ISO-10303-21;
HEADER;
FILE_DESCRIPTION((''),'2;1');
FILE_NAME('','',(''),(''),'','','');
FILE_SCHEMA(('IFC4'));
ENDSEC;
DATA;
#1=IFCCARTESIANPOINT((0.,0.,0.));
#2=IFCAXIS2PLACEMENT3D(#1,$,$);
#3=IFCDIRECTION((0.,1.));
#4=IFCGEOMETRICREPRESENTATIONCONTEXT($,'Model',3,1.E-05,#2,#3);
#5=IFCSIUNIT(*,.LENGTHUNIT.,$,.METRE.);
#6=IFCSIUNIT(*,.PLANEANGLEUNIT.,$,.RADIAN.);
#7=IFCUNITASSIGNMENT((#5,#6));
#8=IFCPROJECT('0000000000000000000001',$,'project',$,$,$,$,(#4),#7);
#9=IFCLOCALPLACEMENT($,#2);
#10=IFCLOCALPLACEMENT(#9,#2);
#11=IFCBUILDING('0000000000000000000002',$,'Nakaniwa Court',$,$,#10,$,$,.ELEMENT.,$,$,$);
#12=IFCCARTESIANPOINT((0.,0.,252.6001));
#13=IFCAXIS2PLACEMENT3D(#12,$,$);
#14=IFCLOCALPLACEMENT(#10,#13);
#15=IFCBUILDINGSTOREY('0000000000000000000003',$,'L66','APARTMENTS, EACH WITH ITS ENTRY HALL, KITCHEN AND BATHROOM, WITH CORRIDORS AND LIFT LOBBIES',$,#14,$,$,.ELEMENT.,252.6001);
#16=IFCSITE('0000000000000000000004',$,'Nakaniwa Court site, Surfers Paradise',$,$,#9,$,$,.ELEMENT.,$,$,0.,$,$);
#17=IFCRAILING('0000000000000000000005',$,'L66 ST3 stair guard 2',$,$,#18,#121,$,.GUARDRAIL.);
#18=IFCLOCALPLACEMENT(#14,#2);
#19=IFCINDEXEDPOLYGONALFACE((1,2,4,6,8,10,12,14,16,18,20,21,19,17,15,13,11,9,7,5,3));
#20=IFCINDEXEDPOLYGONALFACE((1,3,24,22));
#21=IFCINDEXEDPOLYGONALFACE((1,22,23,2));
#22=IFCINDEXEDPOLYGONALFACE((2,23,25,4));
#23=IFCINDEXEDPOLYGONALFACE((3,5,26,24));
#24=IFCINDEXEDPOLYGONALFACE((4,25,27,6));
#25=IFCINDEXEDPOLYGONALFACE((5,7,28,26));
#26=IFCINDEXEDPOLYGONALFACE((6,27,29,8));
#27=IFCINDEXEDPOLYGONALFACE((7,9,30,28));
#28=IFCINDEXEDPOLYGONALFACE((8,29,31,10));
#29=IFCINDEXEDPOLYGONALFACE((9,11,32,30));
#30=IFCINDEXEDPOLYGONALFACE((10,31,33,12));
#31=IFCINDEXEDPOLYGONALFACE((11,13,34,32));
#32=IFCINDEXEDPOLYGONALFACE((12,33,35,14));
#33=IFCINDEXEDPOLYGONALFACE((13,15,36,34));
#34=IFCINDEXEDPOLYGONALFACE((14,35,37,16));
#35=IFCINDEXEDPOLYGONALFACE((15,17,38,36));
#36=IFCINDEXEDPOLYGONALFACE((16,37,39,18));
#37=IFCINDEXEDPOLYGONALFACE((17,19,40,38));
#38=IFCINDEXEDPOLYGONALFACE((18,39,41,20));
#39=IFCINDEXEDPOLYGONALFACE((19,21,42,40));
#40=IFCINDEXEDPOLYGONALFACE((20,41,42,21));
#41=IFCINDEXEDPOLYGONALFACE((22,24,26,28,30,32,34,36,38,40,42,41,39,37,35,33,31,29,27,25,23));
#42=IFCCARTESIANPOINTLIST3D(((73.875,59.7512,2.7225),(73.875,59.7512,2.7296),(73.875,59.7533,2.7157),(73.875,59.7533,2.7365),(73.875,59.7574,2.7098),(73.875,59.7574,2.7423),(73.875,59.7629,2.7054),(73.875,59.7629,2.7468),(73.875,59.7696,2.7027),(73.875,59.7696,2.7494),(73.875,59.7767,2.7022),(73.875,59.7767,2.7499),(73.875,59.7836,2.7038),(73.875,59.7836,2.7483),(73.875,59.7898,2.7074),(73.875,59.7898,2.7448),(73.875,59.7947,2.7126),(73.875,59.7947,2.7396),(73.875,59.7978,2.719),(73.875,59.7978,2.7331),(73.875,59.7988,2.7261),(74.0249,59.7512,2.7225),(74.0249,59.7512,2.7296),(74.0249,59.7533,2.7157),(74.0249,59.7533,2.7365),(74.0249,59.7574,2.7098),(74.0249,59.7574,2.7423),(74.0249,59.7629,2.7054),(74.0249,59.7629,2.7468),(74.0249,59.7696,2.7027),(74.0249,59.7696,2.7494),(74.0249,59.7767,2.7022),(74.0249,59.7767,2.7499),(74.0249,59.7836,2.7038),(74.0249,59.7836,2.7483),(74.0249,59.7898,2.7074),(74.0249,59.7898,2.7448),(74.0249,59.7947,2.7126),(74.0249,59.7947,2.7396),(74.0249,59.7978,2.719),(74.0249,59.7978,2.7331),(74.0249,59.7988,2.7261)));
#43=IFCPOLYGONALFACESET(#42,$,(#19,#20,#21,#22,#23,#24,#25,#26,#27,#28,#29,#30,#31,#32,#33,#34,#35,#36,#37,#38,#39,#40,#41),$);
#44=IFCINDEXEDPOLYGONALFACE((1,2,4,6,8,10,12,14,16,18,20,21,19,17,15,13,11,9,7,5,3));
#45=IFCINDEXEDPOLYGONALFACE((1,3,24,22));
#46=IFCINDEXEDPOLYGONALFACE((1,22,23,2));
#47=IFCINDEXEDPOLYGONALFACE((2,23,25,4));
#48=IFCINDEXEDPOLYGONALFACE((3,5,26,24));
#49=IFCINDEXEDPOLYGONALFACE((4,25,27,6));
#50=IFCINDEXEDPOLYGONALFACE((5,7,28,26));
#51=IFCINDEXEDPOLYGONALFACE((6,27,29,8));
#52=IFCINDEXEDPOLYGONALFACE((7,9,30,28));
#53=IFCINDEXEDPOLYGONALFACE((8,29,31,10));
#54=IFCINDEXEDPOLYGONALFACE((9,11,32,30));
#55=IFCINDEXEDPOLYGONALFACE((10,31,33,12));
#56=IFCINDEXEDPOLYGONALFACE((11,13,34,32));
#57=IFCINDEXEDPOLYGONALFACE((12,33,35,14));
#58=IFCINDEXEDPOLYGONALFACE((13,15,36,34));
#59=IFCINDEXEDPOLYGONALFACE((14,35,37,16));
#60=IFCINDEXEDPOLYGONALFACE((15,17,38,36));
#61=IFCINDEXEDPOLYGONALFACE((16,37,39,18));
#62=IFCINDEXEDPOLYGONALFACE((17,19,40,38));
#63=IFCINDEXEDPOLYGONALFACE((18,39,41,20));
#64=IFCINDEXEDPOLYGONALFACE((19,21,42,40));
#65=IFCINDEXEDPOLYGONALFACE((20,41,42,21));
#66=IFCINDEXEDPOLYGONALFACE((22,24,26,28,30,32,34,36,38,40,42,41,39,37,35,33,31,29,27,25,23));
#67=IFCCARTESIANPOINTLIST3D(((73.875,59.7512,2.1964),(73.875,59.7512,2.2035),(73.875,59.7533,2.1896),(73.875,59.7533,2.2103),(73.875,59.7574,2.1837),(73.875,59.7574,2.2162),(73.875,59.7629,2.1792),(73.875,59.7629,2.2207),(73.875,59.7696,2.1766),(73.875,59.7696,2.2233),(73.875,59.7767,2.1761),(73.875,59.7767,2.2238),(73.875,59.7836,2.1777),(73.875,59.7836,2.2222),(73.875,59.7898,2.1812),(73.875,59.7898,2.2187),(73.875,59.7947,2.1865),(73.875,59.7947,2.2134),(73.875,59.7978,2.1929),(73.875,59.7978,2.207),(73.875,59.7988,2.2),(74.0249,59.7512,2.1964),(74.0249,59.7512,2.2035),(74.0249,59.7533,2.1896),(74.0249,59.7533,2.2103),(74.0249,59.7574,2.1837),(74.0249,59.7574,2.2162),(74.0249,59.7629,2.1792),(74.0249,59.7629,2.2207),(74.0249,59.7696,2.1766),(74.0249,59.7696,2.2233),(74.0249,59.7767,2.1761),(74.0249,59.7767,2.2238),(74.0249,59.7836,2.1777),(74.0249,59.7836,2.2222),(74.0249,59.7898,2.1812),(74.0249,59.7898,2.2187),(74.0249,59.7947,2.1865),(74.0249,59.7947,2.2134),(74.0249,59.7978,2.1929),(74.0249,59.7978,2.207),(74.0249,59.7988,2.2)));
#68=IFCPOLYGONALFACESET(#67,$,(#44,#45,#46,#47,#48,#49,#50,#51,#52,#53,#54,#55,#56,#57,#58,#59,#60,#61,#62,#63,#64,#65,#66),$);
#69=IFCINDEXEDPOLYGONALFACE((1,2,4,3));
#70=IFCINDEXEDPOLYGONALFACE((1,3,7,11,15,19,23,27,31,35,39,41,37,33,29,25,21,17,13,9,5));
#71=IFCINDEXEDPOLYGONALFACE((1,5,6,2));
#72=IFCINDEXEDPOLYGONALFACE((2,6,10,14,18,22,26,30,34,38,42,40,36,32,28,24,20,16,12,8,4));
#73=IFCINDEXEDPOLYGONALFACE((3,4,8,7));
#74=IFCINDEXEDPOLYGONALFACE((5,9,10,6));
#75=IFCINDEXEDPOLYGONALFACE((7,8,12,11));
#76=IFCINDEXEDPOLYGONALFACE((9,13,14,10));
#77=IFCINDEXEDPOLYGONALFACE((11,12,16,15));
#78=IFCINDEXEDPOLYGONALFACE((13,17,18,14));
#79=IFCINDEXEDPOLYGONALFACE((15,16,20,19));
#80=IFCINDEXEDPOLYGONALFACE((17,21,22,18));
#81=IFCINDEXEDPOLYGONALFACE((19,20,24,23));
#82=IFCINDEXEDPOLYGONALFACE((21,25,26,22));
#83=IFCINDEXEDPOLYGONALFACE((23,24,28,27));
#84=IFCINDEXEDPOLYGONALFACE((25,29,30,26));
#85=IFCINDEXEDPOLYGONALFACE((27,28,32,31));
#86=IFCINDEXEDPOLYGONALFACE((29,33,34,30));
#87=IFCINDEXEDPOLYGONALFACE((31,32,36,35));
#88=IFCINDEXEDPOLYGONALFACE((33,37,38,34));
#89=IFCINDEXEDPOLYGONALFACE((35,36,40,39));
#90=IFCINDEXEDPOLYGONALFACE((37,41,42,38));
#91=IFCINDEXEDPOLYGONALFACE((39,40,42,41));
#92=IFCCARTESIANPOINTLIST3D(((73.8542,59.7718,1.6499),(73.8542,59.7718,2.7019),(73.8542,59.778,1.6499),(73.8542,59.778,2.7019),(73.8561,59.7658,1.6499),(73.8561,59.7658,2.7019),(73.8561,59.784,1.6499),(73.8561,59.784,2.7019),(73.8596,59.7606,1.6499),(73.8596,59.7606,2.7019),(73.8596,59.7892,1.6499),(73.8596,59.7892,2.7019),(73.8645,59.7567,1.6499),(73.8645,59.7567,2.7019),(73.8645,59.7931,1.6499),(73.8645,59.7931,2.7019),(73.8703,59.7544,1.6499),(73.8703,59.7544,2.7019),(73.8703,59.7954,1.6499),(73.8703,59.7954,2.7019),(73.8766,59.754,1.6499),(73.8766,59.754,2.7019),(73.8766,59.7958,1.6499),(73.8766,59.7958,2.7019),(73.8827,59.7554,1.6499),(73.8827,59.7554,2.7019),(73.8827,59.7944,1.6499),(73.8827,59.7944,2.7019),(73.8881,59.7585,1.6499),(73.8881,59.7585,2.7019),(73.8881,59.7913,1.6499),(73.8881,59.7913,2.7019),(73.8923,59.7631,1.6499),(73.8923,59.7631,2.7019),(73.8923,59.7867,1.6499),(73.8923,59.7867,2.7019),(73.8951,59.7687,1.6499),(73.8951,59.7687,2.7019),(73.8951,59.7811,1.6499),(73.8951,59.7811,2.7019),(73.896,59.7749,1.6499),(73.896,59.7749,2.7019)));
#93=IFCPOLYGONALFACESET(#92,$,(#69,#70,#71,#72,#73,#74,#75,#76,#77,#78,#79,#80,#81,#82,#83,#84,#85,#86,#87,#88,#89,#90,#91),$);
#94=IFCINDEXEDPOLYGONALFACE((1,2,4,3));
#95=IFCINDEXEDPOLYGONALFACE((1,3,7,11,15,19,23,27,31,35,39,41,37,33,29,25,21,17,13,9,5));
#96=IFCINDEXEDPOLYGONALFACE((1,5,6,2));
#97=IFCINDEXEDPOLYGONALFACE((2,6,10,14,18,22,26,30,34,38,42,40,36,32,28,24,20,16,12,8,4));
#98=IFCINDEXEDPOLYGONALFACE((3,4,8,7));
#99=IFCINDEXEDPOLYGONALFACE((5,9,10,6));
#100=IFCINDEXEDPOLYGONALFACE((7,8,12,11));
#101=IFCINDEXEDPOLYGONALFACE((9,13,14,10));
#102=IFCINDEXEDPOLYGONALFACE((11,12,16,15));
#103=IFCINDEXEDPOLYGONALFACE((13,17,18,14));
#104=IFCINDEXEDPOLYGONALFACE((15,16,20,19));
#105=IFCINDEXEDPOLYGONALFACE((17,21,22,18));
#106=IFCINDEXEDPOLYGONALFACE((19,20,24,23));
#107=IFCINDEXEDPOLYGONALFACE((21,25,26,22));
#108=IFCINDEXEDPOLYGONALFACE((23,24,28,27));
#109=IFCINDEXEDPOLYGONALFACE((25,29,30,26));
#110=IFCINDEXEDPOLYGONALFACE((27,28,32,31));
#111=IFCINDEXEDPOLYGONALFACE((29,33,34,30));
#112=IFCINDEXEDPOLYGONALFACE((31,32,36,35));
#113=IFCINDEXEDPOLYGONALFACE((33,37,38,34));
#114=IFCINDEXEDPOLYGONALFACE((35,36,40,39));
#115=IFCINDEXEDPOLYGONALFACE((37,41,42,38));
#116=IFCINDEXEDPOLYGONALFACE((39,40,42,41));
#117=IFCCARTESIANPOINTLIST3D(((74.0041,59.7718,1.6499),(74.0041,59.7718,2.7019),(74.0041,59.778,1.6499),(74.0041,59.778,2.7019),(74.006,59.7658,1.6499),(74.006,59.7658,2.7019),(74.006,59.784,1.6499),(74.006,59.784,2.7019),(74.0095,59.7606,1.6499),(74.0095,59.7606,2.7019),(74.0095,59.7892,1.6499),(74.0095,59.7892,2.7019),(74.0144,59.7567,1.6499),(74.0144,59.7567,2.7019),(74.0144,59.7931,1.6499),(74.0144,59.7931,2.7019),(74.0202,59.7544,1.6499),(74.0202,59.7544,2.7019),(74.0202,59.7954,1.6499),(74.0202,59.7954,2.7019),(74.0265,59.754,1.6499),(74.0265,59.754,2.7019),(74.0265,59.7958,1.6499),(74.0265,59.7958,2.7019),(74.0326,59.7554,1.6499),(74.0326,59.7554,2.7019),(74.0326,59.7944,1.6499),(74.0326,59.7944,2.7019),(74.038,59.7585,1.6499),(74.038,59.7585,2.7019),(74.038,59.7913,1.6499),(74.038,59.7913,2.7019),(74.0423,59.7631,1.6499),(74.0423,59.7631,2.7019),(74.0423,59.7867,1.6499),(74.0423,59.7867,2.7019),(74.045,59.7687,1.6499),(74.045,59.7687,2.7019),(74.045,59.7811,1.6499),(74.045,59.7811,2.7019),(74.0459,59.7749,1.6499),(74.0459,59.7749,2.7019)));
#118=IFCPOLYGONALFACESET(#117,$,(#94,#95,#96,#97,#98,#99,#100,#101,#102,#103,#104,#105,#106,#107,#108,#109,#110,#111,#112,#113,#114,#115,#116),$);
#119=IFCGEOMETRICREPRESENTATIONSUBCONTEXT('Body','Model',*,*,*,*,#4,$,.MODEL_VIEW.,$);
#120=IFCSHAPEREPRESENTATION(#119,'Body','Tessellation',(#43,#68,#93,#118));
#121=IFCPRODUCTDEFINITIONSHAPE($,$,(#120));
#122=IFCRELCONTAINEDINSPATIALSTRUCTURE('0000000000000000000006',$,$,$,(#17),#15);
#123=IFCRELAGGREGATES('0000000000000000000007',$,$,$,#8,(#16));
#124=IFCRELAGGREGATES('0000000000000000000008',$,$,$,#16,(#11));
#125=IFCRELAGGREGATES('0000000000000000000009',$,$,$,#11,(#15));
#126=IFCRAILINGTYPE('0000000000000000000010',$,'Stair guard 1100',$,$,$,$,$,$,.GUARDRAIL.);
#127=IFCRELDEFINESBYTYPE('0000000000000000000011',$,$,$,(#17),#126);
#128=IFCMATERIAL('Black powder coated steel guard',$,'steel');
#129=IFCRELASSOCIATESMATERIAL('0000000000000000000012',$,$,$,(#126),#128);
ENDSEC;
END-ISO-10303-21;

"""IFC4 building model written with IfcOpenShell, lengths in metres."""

from ifc_helpers import new_model, si_unit, direction, frame, origin, origin_2d, place, context, subcontext, project, spatial, circle, extrude, material, type_object, element, save


model = new_model("IFC4")

# Units and contexts
model_context = context("Model", 3, precision=1e-05, world=origin(), true_north=direction((0.0, 1.0)))
body_context = subcontext(model_context, "Body", "Model", "MODEL_VIEW")
ifc_project = project(units=[si_unit("LENGTHUNIT", "METRE"), si_unit("PLANEANGLEUNIT", "RADIAN")], contexts=[model_context])

# Site, building, storey
site_placement = place(None, origin())
site = spatial("IfcSite", under=ifc_project, at=site_placement, Name="Nakaniwa Court site, Surfers Paradise", CompositionType="ELEMENT", RefElevation=0.0)
building_placement = place(site_placement, origin())
building = spatial("IfcBuilding", under=site, at=building_placement, Name="Nakaniwa Court", CompositionType="ELEMENT")
storey_placement = place(building_placement, frame((0.0, 0.0, 252.6001)))
storey = spatial("IfcBuildingStorey", under=building, at=storey_placement, Name="L66", Description="APARTMENTS, EACH WITH ITS ENTRY HALL, KITCHEN AND BATHROOM, WITH CORRIDORS AND LIFT LOBBIES", CompositionType="ELEMENT", Elevation=252.6001)

# Railing
ifc_material_1 = material(Name="Black powder coated steel guard", Category="steel")
railing_type_1 = type_object("IfcRailingType", Name="Stair guard 1100", PredefinedType="GUARDRAIL", material=ifc_material_1)
railing_1_placement = place(storey_placement, frame((73.875, 59.7749, 1.6499)))
element("IfcRailing", 1, at=railing_1_placement, inside=storey, type_object=railing_type_1, Name="L66 ST3 stair guard 2", PredefinedType="GUARDRAIL", context=body_context, shape_type="SweptSolid", body=[
    extrude(circle(Radius=0.0239, at=origin_2d()), frame((0.0, 0.0, 1.0762), z_axis=(1.0, 0.0, 0.0), x_axis=(0.0, 1.0, 0.0)), (0.0, 0.0, 1.0), 0.1499),
    extrude(circle(Radius=0.0239, at=origin_2d()), frame((0.0, 0.0, 0.55), z_axis=(1.0, 0.0, 0.0), x_axis=(0.0, 1.0, 0.0)), (0.0, 0.0, 1.0), 0.1499),
    extrude(circle(Radius=0.021, at=origin_2d()), origin(), (0.0, 0.0, 1.0), 1.052),
    extrude(circle(Radius=0.021, at=origin_2d()), frame((0.1499, 0.0, 0.0)), (0.0, 0.0, 1.0), 1.052),
])

save(model, "model.ifc")
